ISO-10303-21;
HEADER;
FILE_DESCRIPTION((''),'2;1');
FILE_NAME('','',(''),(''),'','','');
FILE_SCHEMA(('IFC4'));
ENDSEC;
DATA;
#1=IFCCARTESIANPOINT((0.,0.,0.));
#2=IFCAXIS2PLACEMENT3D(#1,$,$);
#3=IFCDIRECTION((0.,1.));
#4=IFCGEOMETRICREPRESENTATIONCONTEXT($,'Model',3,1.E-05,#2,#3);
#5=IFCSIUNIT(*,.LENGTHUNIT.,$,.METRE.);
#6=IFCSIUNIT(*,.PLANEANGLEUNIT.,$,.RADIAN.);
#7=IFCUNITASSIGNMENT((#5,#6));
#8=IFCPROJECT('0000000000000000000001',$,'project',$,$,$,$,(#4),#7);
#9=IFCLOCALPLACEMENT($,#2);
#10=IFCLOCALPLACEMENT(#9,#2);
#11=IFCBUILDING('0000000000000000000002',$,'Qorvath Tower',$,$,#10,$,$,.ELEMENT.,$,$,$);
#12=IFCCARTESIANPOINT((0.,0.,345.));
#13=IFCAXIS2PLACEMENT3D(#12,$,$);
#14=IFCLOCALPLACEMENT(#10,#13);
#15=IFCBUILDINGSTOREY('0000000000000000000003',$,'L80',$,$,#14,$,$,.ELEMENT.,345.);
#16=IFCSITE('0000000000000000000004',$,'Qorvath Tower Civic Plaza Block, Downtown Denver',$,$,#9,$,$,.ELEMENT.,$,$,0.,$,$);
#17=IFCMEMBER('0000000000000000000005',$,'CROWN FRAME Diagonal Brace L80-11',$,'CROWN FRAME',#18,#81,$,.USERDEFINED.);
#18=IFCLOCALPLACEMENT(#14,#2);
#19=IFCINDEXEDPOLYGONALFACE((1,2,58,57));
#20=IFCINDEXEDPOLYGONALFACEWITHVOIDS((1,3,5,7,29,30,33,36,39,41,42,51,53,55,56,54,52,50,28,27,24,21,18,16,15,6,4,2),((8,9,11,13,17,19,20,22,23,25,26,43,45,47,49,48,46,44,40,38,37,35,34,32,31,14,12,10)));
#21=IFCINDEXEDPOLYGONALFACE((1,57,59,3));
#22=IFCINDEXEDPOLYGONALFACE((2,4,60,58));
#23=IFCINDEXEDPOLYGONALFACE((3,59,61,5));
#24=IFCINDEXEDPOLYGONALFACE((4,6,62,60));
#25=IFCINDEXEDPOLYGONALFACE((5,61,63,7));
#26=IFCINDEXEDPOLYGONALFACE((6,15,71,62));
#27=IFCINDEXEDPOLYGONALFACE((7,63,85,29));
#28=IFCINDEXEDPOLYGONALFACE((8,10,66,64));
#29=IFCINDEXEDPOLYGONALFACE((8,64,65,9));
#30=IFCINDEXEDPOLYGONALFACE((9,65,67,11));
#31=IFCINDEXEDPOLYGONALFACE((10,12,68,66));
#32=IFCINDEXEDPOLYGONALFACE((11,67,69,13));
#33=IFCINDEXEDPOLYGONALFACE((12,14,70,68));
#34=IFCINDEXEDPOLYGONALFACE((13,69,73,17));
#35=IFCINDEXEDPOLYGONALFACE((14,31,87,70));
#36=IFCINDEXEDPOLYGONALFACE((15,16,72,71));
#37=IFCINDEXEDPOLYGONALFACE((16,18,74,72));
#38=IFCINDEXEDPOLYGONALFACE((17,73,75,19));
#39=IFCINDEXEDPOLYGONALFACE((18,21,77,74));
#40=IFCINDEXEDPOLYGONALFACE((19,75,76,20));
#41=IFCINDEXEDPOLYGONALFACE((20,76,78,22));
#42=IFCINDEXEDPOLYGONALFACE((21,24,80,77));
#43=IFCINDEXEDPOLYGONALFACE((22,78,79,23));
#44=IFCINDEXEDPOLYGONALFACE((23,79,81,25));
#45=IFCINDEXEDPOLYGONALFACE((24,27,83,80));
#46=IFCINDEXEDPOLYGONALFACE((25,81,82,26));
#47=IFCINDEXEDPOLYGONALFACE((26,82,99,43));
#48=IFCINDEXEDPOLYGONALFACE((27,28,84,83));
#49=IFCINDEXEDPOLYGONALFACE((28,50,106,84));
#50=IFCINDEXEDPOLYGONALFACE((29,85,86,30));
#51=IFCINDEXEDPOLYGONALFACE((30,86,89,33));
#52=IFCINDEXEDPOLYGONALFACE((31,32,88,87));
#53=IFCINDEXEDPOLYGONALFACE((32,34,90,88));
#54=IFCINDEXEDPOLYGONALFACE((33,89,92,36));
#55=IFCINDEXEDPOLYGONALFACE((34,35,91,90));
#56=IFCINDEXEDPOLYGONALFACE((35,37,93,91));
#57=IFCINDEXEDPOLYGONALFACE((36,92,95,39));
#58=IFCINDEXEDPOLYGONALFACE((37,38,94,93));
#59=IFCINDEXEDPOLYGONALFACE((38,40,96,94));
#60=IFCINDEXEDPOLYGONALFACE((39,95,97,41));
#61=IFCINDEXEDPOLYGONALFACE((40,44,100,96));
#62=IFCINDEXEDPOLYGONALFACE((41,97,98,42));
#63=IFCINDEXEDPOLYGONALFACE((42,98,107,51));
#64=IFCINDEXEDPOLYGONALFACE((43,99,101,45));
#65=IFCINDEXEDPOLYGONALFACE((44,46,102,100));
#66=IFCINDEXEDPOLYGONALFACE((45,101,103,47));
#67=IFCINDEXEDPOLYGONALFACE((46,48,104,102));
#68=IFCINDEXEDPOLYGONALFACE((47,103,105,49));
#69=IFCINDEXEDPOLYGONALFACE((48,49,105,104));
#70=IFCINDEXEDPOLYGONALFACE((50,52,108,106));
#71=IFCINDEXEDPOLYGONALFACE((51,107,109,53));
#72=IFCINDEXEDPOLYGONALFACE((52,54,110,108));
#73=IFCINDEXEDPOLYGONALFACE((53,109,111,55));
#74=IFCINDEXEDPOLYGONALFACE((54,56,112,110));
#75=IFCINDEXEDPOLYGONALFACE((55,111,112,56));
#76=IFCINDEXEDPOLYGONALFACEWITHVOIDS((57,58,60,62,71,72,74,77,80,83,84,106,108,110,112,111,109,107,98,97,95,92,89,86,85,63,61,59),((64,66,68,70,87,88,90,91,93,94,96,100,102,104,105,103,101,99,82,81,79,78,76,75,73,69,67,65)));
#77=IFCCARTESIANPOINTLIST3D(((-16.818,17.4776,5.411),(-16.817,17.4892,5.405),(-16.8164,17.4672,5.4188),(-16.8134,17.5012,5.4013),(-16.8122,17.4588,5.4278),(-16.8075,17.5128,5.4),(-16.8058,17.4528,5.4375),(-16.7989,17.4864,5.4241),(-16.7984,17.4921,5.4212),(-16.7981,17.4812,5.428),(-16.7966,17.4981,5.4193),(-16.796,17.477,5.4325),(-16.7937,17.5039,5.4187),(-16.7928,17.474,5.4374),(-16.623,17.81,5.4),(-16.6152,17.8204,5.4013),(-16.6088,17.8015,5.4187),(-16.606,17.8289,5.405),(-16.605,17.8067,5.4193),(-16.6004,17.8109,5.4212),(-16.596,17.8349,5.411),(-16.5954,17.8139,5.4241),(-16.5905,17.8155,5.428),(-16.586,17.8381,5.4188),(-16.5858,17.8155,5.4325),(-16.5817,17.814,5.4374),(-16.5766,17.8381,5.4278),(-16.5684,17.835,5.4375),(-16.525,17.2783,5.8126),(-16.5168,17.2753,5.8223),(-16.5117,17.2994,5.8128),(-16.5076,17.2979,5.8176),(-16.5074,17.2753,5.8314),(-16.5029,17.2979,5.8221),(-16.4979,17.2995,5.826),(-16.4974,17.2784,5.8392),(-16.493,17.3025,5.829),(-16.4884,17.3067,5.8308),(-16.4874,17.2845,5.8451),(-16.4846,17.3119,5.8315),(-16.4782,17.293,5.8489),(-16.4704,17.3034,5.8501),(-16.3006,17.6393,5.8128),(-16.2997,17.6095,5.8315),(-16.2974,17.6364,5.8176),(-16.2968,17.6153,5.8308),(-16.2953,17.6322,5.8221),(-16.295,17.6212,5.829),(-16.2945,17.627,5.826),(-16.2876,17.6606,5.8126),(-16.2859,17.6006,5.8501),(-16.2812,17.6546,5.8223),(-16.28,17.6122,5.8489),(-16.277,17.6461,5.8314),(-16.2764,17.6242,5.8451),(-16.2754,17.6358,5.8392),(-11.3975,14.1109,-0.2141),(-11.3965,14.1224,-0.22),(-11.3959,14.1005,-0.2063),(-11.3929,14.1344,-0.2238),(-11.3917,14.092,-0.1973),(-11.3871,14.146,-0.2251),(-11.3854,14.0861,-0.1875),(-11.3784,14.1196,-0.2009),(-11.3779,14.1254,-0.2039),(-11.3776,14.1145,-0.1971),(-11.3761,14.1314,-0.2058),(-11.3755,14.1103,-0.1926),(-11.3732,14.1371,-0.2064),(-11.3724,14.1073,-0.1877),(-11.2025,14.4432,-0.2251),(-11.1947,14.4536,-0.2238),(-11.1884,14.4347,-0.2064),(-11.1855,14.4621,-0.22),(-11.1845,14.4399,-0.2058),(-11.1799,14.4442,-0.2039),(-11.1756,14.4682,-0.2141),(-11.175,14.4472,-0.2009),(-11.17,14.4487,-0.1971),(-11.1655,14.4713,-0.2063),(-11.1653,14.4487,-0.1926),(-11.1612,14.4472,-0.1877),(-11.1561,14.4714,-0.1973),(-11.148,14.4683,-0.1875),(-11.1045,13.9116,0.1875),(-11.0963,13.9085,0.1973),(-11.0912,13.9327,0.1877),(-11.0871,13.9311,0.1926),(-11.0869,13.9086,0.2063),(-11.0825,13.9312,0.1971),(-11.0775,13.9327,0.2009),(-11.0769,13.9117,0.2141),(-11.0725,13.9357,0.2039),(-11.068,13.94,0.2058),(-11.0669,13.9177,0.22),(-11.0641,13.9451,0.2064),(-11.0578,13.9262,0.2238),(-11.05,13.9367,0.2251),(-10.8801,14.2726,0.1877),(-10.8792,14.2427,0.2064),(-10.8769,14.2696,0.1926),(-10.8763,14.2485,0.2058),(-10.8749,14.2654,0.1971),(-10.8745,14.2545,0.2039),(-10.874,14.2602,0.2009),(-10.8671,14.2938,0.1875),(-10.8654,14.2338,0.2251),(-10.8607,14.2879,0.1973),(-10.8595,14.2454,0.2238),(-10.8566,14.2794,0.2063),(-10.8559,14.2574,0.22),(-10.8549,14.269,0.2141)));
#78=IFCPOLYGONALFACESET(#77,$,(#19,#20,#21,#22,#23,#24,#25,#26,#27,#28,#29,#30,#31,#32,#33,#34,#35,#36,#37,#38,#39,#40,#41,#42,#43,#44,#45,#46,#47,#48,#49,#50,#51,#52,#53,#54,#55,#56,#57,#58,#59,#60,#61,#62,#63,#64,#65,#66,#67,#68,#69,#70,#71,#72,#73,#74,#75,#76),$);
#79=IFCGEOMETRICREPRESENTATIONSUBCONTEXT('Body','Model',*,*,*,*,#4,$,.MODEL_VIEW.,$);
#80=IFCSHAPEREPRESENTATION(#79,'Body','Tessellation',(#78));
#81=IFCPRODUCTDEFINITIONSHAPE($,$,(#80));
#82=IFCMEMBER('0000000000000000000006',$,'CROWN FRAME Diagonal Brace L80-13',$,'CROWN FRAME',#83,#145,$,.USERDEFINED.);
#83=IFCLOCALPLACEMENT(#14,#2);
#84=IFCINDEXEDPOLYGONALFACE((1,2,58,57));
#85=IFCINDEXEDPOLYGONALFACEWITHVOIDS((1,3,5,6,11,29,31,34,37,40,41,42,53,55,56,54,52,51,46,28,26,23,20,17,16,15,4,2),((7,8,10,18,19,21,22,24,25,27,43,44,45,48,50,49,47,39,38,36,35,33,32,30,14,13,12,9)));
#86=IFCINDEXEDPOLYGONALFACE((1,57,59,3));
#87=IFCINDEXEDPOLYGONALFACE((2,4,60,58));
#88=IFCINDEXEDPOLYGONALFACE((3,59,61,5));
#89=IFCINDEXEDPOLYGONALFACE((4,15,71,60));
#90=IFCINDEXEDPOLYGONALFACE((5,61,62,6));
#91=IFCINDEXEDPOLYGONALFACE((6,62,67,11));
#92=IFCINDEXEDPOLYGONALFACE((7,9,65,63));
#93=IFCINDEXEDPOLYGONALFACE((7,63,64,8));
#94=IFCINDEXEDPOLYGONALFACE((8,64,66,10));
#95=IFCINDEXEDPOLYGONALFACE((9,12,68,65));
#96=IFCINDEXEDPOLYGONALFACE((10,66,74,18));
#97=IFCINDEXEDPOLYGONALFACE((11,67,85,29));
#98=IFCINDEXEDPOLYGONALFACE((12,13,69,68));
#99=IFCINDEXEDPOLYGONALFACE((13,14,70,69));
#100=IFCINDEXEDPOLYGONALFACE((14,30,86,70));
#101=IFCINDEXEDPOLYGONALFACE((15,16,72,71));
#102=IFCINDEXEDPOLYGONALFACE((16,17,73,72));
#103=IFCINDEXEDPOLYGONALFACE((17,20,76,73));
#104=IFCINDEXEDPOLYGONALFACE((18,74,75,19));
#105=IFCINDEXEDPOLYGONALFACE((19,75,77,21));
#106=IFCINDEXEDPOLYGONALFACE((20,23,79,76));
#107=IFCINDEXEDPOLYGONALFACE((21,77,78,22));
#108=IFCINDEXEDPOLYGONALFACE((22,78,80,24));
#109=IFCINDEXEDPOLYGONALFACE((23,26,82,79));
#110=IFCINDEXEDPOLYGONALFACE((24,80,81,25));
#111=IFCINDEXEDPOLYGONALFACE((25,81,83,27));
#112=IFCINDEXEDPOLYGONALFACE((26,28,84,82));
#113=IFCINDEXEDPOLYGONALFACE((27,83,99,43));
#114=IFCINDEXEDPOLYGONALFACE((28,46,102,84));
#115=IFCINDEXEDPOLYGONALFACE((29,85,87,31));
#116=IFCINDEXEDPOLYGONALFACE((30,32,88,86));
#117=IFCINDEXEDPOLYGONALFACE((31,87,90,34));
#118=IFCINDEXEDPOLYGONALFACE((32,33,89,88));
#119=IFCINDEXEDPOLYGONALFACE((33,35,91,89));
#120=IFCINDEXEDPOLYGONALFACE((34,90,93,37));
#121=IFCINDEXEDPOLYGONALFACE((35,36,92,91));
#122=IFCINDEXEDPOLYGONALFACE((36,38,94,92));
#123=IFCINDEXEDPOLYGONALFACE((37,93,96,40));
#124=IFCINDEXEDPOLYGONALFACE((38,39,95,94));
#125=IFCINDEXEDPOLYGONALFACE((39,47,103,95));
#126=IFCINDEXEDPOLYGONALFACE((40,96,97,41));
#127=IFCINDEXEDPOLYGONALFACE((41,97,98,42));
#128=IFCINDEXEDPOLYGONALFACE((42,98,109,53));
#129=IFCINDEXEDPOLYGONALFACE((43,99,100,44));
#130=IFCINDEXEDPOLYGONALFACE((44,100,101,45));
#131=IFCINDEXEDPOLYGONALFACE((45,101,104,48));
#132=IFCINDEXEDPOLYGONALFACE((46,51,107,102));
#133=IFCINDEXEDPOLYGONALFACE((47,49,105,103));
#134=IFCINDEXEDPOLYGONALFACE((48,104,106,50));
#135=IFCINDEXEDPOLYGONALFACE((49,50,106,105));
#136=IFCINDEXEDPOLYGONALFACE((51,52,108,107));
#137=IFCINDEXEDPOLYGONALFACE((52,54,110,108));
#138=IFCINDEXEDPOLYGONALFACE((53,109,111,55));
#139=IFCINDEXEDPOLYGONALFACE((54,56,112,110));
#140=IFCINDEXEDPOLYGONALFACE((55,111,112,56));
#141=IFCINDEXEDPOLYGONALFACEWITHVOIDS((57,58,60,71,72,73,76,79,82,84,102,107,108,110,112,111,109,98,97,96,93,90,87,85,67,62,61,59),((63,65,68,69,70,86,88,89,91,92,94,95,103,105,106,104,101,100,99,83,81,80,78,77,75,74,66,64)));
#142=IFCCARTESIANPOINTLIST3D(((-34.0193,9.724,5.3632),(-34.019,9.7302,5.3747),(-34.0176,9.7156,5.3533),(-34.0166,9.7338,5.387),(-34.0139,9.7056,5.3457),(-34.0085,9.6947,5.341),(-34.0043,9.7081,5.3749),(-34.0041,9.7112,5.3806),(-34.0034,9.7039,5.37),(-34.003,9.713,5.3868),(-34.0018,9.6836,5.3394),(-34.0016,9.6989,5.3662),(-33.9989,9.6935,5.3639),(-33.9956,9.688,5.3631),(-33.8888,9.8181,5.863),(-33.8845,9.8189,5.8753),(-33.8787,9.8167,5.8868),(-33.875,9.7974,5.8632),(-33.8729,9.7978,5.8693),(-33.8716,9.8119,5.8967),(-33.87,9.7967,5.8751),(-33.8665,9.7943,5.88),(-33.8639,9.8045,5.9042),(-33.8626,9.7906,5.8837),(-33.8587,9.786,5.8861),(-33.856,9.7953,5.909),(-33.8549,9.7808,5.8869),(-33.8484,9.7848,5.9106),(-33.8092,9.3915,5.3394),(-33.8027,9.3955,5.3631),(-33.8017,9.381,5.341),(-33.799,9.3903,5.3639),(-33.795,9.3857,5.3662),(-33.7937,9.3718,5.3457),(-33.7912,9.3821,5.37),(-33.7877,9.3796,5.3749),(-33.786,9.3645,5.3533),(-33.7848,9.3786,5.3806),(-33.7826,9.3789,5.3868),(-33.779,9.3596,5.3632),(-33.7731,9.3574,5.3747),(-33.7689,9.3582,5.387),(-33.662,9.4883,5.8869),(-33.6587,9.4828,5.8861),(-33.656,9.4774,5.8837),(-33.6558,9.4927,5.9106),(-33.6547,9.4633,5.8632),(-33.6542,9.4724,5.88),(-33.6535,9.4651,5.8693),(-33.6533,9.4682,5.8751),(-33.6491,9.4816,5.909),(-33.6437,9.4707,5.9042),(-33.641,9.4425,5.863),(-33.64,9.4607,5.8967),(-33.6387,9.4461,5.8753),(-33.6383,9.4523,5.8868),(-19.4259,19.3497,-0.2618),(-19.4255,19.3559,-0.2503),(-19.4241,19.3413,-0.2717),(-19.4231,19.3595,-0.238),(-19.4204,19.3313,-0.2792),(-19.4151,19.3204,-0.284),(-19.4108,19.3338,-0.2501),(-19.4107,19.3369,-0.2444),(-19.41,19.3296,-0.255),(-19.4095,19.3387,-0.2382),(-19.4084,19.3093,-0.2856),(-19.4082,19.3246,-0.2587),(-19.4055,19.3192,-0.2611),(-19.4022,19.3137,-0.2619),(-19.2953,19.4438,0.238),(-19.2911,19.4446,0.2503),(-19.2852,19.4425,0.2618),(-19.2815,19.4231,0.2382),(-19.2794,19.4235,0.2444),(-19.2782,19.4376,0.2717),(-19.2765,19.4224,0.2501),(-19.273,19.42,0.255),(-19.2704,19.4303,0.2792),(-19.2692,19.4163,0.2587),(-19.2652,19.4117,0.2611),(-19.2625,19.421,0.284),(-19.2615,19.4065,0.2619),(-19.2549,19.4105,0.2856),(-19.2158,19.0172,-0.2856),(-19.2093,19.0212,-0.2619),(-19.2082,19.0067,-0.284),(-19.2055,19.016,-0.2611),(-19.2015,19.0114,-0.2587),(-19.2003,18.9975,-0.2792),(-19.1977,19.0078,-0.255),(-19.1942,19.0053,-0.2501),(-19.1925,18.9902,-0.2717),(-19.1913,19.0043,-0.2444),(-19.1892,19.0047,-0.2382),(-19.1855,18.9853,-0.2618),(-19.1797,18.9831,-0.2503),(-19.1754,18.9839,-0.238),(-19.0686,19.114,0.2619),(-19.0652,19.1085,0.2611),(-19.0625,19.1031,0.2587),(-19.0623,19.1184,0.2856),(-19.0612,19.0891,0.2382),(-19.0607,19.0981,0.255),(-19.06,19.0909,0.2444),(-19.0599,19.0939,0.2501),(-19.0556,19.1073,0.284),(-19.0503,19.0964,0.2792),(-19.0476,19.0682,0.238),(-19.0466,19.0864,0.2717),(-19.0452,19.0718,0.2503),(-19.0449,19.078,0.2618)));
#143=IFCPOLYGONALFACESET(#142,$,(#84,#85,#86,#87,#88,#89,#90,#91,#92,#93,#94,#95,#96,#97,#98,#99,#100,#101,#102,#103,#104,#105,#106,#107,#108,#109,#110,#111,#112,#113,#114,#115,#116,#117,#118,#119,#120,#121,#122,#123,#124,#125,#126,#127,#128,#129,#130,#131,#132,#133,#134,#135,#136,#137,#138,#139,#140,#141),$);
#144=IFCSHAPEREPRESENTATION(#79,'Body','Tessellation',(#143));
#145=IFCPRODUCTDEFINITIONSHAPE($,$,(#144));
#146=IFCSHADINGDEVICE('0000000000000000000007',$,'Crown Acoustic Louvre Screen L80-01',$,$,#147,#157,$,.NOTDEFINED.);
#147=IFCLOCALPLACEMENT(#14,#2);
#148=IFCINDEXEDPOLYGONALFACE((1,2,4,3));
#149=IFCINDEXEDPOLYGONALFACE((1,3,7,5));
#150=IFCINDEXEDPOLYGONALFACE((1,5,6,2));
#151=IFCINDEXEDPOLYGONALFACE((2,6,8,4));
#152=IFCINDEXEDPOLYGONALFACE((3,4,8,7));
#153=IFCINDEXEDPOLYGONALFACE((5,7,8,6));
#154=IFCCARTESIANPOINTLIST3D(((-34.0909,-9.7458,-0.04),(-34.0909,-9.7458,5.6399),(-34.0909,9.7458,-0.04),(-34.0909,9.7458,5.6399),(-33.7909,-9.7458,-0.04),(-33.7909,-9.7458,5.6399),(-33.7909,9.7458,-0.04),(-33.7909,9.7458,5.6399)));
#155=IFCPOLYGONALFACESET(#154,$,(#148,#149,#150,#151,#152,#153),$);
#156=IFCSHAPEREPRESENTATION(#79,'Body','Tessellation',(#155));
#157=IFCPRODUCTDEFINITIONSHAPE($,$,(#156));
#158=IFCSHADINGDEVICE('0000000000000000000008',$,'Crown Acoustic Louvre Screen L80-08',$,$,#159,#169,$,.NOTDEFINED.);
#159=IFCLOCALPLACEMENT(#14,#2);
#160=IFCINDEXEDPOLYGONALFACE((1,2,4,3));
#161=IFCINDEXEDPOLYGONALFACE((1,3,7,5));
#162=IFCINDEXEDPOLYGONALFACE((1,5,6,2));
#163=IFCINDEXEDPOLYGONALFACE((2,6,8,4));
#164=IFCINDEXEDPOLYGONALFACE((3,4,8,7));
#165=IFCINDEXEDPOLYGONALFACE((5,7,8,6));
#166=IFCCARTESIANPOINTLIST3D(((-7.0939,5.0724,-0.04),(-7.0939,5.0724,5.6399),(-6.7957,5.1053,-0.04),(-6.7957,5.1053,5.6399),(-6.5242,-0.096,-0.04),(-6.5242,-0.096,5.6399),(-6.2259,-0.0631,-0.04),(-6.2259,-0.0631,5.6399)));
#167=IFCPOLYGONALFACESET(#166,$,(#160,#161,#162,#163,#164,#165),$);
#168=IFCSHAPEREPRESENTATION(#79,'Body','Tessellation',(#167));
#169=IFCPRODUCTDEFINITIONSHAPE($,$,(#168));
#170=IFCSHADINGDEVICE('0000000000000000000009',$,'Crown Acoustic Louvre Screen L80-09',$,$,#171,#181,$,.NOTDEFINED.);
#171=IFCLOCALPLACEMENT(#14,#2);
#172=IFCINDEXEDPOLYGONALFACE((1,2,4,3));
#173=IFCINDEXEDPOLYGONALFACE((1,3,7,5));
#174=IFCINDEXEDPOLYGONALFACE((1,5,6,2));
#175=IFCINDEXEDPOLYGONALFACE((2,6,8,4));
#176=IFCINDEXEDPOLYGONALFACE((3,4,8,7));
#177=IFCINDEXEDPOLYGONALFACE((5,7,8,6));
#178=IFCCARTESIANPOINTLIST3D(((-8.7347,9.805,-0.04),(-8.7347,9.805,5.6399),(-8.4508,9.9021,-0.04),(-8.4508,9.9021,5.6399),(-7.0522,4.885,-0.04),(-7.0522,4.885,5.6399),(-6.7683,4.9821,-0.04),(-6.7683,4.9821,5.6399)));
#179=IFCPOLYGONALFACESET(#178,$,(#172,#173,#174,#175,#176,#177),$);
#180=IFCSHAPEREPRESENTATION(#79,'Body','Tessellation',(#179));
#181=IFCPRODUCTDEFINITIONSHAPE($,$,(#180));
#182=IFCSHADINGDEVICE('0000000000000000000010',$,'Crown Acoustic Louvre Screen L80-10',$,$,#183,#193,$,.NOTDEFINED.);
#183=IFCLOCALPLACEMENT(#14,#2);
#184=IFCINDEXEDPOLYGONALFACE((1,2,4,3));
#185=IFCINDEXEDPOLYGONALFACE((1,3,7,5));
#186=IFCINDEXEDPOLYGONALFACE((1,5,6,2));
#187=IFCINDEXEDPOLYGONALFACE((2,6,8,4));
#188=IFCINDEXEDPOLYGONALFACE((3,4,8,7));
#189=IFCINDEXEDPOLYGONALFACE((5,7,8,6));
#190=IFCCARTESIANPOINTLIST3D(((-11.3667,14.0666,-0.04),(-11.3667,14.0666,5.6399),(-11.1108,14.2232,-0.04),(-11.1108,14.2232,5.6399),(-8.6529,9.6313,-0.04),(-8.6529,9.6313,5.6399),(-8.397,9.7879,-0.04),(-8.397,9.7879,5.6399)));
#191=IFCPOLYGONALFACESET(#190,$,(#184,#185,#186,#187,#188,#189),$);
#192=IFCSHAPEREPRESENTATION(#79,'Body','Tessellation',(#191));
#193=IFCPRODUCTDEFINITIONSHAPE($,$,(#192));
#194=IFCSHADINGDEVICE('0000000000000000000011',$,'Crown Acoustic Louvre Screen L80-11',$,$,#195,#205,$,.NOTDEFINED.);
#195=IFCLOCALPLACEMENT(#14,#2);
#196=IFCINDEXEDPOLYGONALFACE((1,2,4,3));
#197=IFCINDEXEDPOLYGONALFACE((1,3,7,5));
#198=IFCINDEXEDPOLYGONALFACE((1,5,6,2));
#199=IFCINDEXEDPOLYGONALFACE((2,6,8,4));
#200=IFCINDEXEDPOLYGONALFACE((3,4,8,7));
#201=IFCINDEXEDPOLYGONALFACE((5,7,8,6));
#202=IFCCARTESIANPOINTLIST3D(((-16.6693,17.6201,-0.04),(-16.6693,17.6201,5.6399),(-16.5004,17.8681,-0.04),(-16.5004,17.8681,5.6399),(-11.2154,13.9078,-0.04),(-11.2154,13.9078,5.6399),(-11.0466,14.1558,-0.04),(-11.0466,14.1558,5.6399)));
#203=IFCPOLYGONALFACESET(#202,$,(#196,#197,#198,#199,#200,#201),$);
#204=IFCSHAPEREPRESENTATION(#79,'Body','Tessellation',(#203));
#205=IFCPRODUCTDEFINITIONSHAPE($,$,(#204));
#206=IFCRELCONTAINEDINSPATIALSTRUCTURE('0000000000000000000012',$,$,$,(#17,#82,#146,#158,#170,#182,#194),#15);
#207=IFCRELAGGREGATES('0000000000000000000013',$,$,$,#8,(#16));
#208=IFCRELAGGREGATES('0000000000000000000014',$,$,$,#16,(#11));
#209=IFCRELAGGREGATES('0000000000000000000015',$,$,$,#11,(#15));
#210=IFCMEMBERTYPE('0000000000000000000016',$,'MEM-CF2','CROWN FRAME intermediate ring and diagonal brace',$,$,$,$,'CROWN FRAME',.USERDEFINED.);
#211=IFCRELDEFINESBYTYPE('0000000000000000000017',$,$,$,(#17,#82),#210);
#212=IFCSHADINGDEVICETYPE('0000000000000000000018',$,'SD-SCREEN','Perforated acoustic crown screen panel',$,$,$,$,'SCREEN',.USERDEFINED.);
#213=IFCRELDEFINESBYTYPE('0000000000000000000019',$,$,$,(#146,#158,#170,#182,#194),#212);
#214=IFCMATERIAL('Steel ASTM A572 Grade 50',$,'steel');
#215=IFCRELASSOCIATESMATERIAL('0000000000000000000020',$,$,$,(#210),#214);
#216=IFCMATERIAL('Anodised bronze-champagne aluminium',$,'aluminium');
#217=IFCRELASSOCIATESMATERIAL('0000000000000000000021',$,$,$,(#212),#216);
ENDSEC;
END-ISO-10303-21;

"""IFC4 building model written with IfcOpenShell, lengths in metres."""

from ifc_helpers import new_model, si_unit, direction, frame, origin, origin_2d, place, context, subcontext, project, spatial, rectangle, hollow_rectangle, extrude, material, material_profile, profile_set, type_object, element, save


model = new_model("IFC4")

# Units and contexts
model_context = context("Model", 3, precision=1e-05, world=origin(), true_north=direction((0.0, 1.0)))
body_context = subcontext(model_context, "Body", "Model", "MODEL_VIEW")
ifc_project = project(units=[si_unit("LENGTHUNIT", "METRE"), si_unit("PLANEANGLEUNIT", "RADIAN")], contexts=[model_context])

# Site, building, storey
site_placement = place(None, origin())
site = spatial("IfcSite", under=ifc_project, at=site_placement, Name="Qorvath Tower Civic Plaza Block, Downtown Denver", CompositionType="ELEMENT", RefElevation=0.0)
building_placement = place(site_placement, origin())
building = spatial("IfcBuilding", under=site, at=building_placement, Name="Qorvath Tower", CompositionType="ELEMENT")
storey_placement = place(building_placement, frame((0.0, 0.0, 345.0)))
storey = spatial("IfcBuildingStorey", under=building, at=storey_placement, Name="L80", CompositionType="ELEMENT", Elevation=345.0)

# Members
ifc_material_1 = material(Name="Steel ASTM A572 Grade 50", Category="steel")
ifc_material_profile_1 = material_profile(ifc_material_1, hollow_rectangle(XDim=0.45, YDim=0.6001, WallThickness=0.0249, InnerFilletRadius=0.0249, OuterFilletRadius=0.05, at=origin_2d()), Name="CROWN BOX 600x450x25")
ifc_profile_set_1 = profile_set([ifc_material_profile_1], Name="Steel ASTM A572 Grade 50")
member_type_1 = type_object("IfcMemberType", Name="MEM-CF2", Description="CROWN FRAME intermediate ring and diagonal brace", ElementType="CROWN FRAME", PredefinedType="USERDEFINED", material=ifc_profile_set_1)
member_1_placement = place(storey_placement, frame((-11.1262, 14.1899, 0.0), z_axis=(-0.637227, 0.395792, 0.661279), x_axis=(-0.527624, -0.849478, 0.0)))
element("IfcMember", 1, at=member_1_placement, inside=storey, type_object=member_type_1, Name="CROWN FRAME Diagonal Brace L80-11", ObjectType="CROWN FRAME", PredefinedType="USERDEFINED", context=body_context, shape_type="SweptSolid", body=[
    extrude(hollow_rectangle(XDim=0.45, YDim=0.6001, WallThickness=0.0249, InnerFilletRadius=0.0249, OuterFilletRadius=0.05, at=origin_2d()), origin(), (0.0, 0.0, 1.0), 8.5063),
])
member_2_placement = place(storey_placement, frame((-19.2354, 19.2139, 0.0), z_axis=(-0.794646, -0.52414, 0.306293), x_axis=(0.550604, -0.834767, 0.0)))
element("IfcMember", 2, at=member_2_placement, inside=storey, type_object=member_type_1, Name="CROWN FRAME Diagonal Brace L80-13", ObjectType="CROWN FRAME", PredefinedType="USERDEFINED", context=body_context, shape_type="SweptSolid", body=[
    extrude(hollow_rectangle(XDim=0.45, YDim=0.6001, WallThickness=0.0249, InnerFilletRadius=0.0249, OuterFilletRadius=0.05, at=origin_2d()), origin(), (0.0, 0.0, 1.0), 18.3647),
])

# Shading devices
ifc_material_2 = material(Name="Anodised bronze-champagne aluminium", Category="aluminium")
shading_device_type = type_object("IfcShadingDeviceType", Name="SD-SCREEN", Description="Perforated acoustic crown screen panel", ElementType="SCREEN", PredefinedType="USERDEFINED", material=ifc_material_2)
shading_device_1_placement = place(storey_placement, frame((-33.9409, 0.0, -0.04), z_axis=(0.0, 0.0, 1.0), x_axis=(0.0, -1.0, 0.0)))
element("IfcShadingDevice", 3, at=shading_device_1_placement, inside=storey, type_object=shading_device_type, Name="Crown Acoustic Louvre Screen L80-01", PredefinedType="NOTDEFINED", context=body_context, shape_type="SweptSolid", body=[
    extrude(rectangle(XDim=19.4917, YDim=0.3, at=origin_2d()), origin(), (0.0, 0.0, 1.0), 5.6799),
])
for number, where, z_axis, x_axis, name in (
    (4, (-6.6599, 2.5046, -0.04), (0.0, 0.0, 1.0), (-0.10957, 0.993979, 0.0), "Crown Acoustic Louvre Screen L80-08"),
    (5, (-7.7515, 7.3936, -0.04), (0.0, 0.0, 1.0), (-0.323577, 0.946202, 0.0), "Crown Acoustic Louvre Screen L80-09"),
    (6, (-9.8818, 11.9272, -0.04), (0.0, 0.0, 1.0), (-0.521909, 0.853001, 0.0), "Crown Acoustic Louvre Screen L80-10"),
):
    element("IfcShadingDevice", number, at=place(storey_placement, frame(where, z_axis=z_axis, x_axis=x_axis)), inside=storey, type_object=shading_device_type, Name=name, PredefinedType="NOTDEFINED", context=body_context, shape_type="SweptSolid", body=[
        extrude(rectangle(XDim=5.1997, YDim=0.3, at=origin_2d()), origin(), (0.0, 0.0, 1.0), 5.6799),
    ])
shading_device_2_placement = place(storey_placement, frame((-13.8579, 15.8879, -0.04), z_axis=(0.0, 0.0, 1.0), x_axis=(-0.826666, 0.562692, 0.0)))
element("IfcShadingDevice", 7, at=shading_device_2_placement, inside=storey, type_object=shading_device_type, Name="Crown Acoustic Louvre Screen L80-11", PredefinedType="NOTDEFINED", context=body_context, shape_type="SweptSolid", body=[
    extrude(rectangle(XDim=6.5974, YDim=0.3, at=origin_2d()), origin(), (0.0, 0.0, 1.0), 5.6799),
])

save(model, "model.ifc")
